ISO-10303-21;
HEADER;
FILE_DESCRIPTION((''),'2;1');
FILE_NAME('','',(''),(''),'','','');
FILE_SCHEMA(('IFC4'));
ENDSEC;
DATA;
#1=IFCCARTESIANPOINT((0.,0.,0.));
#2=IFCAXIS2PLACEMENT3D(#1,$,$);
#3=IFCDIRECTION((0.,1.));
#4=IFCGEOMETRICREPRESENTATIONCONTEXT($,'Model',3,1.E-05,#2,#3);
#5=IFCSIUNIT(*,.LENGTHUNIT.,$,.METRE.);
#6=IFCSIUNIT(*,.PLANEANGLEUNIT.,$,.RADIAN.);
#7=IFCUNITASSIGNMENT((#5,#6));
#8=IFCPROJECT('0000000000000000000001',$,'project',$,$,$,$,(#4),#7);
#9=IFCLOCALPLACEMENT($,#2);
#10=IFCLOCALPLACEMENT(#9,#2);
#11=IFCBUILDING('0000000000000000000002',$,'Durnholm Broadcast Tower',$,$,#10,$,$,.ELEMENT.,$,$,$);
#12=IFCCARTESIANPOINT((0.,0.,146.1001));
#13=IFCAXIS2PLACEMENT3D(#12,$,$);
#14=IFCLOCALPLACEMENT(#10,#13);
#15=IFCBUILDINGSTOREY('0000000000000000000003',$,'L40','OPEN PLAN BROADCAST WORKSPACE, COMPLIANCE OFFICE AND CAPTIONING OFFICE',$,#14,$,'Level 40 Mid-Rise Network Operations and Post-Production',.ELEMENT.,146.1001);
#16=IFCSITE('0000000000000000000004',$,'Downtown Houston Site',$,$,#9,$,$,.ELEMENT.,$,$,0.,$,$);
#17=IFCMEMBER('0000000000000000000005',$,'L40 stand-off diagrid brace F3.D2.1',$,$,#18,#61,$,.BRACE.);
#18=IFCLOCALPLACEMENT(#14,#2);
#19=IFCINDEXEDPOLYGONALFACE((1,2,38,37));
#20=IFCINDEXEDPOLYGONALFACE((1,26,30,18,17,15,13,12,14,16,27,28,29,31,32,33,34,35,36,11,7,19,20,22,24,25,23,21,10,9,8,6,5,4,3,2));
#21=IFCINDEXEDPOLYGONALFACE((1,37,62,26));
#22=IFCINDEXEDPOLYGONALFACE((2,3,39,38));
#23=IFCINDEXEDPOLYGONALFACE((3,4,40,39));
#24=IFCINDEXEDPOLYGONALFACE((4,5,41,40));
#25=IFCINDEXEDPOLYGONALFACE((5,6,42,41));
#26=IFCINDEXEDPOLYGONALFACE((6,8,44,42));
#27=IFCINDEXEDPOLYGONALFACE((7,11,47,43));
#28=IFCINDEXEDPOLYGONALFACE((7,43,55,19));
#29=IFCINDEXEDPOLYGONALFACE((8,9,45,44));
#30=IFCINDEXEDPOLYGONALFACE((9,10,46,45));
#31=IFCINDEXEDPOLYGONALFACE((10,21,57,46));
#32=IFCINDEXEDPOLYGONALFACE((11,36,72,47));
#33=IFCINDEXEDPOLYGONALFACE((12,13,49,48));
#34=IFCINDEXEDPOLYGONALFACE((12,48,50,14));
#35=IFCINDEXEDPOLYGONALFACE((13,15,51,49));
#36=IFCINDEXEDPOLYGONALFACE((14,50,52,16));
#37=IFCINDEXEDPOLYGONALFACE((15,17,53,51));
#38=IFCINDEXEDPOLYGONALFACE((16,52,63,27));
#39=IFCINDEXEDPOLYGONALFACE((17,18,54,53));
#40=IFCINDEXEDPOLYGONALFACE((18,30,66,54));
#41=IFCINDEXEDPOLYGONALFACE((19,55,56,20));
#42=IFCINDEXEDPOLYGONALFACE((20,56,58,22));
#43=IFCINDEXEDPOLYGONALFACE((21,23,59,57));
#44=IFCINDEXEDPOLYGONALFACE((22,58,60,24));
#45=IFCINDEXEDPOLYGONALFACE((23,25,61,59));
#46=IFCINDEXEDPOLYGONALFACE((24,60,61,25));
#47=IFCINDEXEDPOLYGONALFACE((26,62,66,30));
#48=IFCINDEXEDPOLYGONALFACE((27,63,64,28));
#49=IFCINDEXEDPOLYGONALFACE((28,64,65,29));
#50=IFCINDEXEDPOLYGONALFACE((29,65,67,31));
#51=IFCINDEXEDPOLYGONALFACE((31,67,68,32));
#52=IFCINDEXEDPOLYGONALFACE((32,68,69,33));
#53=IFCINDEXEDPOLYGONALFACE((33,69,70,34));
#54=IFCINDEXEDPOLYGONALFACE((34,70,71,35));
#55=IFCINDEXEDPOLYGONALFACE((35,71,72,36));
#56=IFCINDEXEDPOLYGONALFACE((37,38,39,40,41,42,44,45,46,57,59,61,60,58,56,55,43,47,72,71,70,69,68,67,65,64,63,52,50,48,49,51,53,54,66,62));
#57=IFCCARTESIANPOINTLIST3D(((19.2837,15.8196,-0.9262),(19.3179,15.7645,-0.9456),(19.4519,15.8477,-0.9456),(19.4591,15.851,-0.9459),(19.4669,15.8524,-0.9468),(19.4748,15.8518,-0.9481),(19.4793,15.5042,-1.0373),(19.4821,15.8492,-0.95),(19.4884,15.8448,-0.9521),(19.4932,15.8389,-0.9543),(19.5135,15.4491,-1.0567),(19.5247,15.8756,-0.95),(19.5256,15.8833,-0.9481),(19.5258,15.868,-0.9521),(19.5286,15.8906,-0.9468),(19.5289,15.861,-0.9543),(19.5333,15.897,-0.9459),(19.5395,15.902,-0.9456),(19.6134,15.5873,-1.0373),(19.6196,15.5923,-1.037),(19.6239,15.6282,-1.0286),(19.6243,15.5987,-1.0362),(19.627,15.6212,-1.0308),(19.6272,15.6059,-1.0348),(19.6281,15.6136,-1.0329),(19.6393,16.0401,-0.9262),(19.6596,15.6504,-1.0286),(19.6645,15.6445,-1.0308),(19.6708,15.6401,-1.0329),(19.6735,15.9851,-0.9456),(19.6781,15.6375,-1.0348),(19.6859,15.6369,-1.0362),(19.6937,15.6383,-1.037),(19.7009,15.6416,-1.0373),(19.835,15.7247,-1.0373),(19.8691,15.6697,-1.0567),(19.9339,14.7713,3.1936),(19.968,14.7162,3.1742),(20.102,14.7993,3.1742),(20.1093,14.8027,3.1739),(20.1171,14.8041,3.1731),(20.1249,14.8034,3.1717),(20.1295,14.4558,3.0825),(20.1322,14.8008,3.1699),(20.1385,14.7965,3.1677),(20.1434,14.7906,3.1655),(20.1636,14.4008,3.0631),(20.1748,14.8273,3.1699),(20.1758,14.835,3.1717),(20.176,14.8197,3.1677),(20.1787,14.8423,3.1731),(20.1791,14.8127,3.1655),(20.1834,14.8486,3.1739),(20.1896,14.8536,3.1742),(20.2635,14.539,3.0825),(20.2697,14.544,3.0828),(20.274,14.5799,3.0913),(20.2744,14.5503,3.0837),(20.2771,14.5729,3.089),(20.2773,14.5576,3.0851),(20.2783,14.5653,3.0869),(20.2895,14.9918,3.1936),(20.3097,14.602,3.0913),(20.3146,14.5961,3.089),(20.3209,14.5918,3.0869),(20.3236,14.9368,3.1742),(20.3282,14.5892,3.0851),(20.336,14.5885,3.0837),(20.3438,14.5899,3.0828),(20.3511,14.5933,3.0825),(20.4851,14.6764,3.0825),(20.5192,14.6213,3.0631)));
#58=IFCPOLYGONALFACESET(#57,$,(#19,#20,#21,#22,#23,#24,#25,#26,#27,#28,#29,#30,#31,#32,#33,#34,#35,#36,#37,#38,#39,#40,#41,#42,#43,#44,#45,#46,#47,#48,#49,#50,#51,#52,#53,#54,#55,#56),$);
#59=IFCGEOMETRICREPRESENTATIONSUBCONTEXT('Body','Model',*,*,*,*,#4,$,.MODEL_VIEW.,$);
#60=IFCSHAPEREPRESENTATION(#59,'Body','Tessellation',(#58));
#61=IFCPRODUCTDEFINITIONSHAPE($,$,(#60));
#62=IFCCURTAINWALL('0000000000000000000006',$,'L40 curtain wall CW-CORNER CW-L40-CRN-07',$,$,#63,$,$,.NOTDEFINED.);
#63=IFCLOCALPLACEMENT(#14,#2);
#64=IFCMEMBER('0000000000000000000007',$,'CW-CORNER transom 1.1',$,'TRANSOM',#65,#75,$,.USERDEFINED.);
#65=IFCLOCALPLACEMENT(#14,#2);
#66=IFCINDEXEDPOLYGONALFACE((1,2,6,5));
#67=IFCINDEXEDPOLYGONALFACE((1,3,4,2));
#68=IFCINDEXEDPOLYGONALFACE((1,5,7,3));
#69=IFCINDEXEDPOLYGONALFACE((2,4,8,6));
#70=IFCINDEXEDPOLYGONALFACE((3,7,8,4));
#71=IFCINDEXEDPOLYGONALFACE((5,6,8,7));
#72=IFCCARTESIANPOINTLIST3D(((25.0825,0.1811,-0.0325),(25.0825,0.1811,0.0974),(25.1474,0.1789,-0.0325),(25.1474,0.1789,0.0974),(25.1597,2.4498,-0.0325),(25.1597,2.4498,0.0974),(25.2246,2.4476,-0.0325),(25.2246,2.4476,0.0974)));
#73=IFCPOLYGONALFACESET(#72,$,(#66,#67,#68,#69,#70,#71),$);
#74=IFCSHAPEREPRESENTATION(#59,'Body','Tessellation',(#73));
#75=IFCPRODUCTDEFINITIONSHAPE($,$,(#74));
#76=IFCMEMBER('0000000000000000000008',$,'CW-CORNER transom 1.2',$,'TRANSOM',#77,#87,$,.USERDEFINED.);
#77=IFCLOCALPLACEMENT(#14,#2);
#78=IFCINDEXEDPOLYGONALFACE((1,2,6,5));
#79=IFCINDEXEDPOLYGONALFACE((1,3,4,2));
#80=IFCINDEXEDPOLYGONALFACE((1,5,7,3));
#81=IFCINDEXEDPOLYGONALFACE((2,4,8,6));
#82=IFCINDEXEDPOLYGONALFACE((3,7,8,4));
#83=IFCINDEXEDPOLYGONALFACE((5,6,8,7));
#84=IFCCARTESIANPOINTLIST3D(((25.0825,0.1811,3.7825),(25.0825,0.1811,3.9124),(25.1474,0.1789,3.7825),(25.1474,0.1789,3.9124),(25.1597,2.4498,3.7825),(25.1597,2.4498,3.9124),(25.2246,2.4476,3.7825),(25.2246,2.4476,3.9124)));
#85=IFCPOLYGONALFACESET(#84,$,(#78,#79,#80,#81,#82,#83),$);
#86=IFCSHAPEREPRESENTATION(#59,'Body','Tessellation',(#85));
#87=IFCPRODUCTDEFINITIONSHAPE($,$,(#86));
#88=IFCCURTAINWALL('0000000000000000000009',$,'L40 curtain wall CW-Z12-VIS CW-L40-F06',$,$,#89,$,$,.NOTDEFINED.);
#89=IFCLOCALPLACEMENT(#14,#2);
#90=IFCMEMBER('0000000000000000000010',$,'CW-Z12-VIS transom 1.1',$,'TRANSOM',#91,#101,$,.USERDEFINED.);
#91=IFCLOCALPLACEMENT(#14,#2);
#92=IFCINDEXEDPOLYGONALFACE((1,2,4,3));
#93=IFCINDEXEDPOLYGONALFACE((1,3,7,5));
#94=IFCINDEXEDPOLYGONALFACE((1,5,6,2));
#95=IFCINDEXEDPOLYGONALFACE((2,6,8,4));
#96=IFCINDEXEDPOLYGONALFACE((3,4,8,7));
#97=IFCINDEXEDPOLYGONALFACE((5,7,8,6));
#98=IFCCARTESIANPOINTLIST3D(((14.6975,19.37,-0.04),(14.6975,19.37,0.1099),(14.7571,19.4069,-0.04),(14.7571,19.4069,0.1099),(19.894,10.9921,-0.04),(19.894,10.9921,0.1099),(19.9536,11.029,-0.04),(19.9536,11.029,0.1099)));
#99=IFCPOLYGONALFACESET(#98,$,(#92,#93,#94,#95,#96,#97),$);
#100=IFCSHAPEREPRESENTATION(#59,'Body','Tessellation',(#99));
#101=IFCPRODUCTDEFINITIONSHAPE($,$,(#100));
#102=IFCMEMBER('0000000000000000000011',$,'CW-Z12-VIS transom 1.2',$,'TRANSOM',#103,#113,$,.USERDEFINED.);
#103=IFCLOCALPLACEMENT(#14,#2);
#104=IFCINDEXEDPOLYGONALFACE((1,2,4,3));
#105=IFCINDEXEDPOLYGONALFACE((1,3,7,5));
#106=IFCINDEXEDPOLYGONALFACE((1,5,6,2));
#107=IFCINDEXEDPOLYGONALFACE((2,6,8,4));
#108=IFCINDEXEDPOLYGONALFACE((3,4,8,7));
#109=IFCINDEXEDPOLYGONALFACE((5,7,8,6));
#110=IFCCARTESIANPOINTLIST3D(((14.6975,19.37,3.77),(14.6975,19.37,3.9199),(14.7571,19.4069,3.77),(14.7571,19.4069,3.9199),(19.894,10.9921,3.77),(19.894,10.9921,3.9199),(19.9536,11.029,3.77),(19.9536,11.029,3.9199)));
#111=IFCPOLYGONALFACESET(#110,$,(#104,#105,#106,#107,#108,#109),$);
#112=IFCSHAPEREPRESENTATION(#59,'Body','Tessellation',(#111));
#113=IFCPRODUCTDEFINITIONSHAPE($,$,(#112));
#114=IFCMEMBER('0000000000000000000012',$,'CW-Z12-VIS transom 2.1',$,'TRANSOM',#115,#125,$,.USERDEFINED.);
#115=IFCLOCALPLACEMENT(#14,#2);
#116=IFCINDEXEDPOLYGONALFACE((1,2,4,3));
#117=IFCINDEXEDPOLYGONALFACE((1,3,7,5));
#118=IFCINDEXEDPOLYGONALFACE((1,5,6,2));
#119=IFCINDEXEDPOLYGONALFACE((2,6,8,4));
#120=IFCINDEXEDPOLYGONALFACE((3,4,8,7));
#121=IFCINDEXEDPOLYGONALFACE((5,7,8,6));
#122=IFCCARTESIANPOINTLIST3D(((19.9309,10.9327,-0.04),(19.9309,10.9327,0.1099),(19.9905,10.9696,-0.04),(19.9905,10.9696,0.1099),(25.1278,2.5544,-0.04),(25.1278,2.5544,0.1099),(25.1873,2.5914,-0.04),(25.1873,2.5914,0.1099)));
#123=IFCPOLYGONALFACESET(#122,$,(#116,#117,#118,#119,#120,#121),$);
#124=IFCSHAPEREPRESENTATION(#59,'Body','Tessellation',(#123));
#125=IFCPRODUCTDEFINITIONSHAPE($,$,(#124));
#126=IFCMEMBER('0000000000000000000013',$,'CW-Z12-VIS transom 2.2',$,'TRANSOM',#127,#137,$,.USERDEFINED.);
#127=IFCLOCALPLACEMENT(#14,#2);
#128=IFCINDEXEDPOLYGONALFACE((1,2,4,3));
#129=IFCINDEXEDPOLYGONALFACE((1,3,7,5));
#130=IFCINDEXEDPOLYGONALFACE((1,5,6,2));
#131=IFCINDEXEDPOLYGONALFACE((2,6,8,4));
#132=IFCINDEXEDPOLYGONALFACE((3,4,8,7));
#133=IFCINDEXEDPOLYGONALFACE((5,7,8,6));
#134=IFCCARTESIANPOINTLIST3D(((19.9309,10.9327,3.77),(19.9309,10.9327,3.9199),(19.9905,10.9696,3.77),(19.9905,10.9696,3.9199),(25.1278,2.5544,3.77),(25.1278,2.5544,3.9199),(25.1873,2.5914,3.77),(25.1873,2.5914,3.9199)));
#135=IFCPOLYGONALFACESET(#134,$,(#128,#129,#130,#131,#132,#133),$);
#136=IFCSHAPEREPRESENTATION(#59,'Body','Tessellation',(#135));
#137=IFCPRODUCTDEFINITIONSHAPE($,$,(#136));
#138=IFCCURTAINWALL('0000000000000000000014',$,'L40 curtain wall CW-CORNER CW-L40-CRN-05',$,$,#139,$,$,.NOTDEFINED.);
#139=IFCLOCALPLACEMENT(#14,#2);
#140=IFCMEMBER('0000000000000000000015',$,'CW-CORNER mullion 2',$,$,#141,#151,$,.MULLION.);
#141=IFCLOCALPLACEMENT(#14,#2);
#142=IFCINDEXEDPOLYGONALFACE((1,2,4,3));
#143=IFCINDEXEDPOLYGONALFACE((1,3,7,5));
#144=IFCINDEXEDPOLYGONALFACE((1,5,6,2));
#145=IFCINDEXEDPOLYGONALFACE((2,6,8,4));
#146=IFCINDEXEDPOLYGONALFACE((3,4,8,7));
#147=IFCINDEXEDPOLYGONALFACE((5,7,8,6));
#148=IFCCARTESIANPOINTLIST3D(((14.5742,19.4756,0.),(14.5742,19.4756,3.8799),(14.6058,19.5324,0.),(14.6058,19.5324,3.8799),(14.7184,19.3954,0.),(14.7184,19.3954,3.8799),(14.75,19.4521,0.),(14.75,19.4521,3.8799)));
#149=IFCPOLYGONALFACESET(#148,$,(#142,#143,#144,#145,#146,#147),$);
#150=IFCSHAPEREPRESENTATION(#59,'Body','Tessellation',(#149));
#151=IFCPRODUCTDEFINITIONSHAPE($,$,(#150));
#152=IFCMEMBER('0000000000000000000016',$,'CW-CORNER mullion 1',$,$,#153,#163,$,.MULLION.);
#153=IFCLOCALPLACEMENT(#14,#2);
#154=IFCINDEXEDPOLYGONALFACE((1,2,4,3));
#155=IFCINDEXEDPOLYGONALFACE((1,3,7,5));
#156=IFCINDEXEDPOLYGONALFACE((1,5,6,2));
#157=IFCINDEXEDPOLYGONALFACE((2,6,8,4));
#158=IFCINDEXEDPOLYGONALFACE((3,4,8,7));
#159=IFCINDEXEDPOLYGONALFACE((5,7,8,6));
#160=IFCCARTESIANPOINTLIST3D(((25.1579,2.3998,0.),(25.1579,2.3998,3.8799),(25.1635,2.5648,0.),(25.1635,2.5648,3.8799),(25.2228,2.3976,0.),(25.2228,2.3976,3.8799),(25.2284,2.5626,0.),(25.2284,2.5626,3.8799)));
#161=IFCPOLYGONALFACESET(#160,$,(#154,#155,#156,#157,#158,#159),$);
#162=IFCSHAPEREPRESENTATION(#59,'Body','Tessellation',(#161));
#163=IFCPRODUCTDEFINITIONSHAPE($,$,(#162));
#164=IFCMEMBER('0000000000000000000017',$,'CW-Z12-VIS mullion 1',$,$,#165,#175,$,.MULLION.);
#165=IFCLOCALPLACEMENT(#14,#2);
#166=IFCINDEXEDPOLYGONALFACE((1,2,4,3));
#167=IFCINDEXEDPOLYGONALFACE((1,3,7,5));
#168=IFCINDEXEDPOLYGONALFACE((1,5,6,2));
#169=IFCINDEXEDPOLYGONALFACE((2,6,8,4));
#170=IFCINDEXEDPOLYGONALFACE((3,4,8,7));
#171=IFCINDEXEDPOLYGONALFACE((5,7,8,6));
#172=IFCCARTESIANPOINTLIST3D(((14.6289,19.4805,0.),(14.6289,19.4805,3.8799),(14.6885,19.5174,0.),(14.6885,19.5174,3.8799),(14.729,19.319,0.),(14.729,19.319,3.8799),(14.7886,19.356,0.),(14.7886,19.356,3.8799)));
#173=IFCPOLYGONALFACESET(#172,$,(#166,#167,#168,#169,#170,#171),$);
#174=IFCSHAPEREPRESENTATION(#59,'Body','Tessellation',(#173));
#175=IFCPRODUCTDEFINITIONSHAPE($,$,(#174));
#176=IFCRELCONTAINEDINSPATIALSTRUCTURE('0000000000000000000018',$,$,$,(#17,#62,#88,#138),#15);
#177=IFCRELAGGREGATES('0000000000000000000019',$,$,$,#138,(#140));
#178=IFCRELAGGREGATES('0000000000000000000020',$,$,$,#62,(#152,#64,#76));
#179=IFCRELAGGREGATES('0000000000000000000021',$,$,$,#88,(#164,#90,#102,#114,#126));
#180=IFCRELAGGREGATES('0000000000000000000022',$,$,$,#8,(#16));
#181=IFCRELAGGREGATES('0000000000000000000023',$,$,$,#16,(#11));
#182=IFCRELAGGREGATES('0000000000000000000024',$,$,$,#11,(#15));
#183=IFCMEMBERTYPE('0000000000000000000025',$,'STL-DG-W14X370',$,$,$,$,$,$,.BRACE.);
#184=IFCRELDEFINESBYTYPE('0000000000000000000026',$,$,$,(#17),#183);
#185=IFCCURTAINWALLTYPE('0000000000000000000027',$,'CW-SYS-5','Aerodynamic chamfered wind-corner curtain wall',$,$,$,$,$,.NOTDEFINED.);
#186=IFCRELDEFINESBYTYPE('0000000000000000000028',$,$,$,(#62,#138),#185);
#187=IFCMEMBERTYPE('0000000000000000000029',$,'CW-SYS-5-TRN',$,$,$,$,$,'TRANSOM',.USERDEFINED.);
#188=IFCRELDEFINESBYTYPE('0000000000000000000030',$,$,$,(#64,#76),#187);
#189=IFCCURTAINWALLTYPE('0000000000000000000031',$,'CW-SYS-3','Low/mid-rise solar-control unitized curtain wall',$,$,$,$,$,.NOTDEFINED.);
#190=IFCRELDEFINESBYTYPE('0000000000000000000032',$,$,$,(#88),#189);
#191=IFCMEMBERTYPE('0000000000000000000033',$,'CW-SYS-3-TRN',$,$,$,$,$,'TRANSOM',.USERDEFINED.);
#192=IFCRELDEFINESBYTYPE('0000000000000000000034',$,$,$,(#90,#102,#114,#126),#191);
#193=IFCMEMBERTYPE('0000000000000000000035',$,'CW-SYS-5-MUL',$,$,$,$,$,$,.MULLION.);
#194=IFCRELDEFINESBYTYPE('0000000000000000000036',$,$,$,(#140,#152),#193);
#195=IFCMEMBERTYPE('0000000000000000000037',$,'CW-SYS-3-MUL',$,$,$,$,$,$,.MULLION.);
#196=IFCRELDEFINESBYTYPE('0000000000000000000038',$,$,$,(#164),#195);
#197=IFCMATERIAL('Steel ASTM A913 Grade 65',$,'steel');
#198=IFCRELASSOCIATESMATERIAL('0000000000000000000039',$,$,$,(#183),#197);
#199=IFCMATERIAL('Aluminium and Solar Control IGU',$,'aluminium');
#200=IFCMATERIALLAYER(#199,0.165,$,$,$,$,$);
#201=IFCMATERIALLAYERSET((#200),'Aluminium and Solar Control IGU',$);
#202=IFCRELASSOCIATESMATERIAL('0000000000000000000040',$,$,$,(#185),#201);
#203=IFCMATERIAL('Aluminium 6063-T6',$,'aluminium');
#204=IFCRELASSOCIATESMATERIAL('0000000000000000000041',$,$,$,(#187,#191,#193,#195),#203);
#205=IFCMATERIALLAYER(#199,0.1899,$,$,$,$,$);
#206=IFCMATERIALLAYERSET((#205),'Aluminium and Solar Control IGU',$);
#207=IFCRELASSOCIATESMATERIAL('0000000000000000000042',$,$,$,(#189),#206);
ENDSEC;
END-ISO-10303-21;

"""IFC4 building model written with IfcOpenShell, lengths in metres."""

from ifc_helpers import new_model, si_unit, direction, frame, origin, origin_2d, place, context, subcontext, project, spatial, rectangle, i_section, extrude, source, transform, mapped, material, layer, layer_set, material_profile, profile_set, type_object, type_shapes, element, aggregate, save


model = new_model("IFC4")

# Units and contexts
model_context = context("Model", 3, precision=1e-05, world=origin(), true_north=direction((0.0, 1.0)))
body_context = subcontext(model_context, "Body", "Model", "MODEL_VIEW")
ifc_project = project(units=[si_unit("LENGTHUNIT", "METRE"), si_unit("PLANEANGLEUNIT", "RADIAN")], contexts=[model_context])

# Site, building, storey
site_placement = place(None, origin())
site = spatial("IfcSite", under=ifc_project, at=site_placement, Name="Downtown Houston Site", CompositionType="ELEMENT", RefElevation=0.0)
building_placement = place(site_placement, origin())
building = spatial("IfcBuilding", under=site, at=building_placement, Name="Durnholm Broadcast Tower", CompositionType="ELEMENT")
storey_placement = place(building_placement, frame((0.0, 0.0, 146.1001)))
storey = spatial("IfcBuildingStorey", under=building, at=storey_placement, Name="L40", Description="OPEN PLAN BROADCAST WORKSPACE, COMPLIANCE OFFICE AND CAPTIONING OFFICE", LongName="Level 40 Mid-Rise Network Operations and Post-Production", CompositionType="ELEMENT", Elevation=146.1001)

# Member
ifc_material_1 = material(Name="Steel ASTM A913 Grade 65", Category="steel")
ifc_material_profile_1 = material_profile(ifc_material_1, i_section(OverallWidth=0.4185, OverallDepth=0.4551, WebThickness=0.042, FlangeThickness=0.0676, FilletRadius=0.0305, at=origin_2d()), Name="W14X370")
ifc_profile_set_1 = profile_set([ifc_material_profile_1], Name="Steel ASTM A913 Grade 65")
member_type_1 = type_object("IfcMemberType", Name="STL-DG-W14X370", PredefinedType="BRACE", material=ifc_profile_set_1)
shared_shape_1 = source(origin(), body_context, "Body", "SweptSolid", [
    extrude(i_section(OverallWidth=0.4185, OverallDepth=0.4551, WebThickness=0.042, FlangeThickness=0.0676, FilletRadius=0.0305, at=origin_2d()), origin(), (0.0, 0.0, 1.0), 4.3005),
])
for number, where, z_axis, x_axis, name in (
    (1, (19.5764, 15.7446, -0.9915), (0.151176, -0.243767, 0.957979), (0.849839, 0.527043, 0.0), "L40 stand-off diagrid brace F3.D2.1"),
):
    element("IfcMember", number, at=place(storey_placement, frame(where, z_axis=z_axis, x_axis=x_axis)), inside=storey, type_object=member_type_1, Name=name, PredefinedType="BRACE", context=body_context, shape_type="MappedRepresentation", body=[
        mapped(shared_shape_1, transform((0.0, 0.0, 0.0), x_axis=(1.0, 0.0, 0.0), y_axis=(0.0, 1.0, 0.0), z_axis=(0.0, 0.0, 1.0), scale=1.0)),
    ])

# Curtain walls, members
ifc_material_2 = material(Name="Aluminium and Solar Control IGU", Category="aluminium")
ifc_layer_1 = layer(ifc_material_2, 0.165)
ifc_layer_set_1 = layer_set([ifc_layer_1], Name="Aluminium and Solar Control IGU")
curtain_wall_type_1 = type_object("IfcCurtainWallType", Name="CW-SYS-5", Description="Aerodynamic chamfered wind-corner curtain wall", PredefinedType="NOTDEFINED", material=ifc_layer_set_1)
curtain_wall_1_placement = place(storey_placement, origin())
curtain_wall_1 = element("IfcCurtainWall", 2, at=curtain_wall_1_placement, inside=storey, type_object=curtain_wall_type_1, Name="L40 curtain wall CW-CORNER CW-L40-CRN-07", PredefinedType="NOTDEFINED")
ifc_material_3 = material(Name="Aluminium 6063-T6", Category="aluminium")
ifc_material_profile_2 = material_profile(ifc_material_3, rectangle(XDim=0.0649, YDim=0.1299, at=origin_2d()), Name="CWT65X130")
ifc_profile_set_2 = profile_set([ifc_material_profile_2], Name="Aluminium 6063-T6")
member_type_2 = type_object("IfcMemberType", Name="CW-SYS-5-TRN", ElementType="TRANSOM", PredefinedType="USERDEFINED", material=ifc_profile_set_2)
shared_shape_2 = source(origin(), body_context, "Body", "SweptSolid", [
    extrude(rectangle(XDim=0.0649, YDim=0.1299, at=origin_2d()), origin(), (0.0, 0.0, 1.0), 2.27),
])
type_shapes(member_type_2, [shared_shape_2])
member_1_placement = place(storey_placement, frame((25.1921, 2.4487, 0.0325), z_axis=(-0.033984, -0.999422, 0.0), x_axis=(0.999422, -0.033984, 0.0)))
member_1 = element("IfcMember", 3, at=member_1_placement, type_object=member_type_2, Name="CW-CORNER transom 1.1", ObjectType="TRANSOM", PredefinedType="USERDEFINED", context=body_context, shape_type="MappedRepresentation", body=[
    mapped(shared_shape_2, transform((0.0, 0.0, 0.0), x_axis=(1.0, 0.0, 0.0), y_axis=(0.0, 1.0, 0.0), z_axis=(0.0, 0.0, 1.0), scale=1.0)),
])
member_2_placement = place(storey_placement, frame((25.1921, 2.4487, 3.8474), z_axis=(-0.033984, -0.999422, 0.0), x_axis=(0.999422, -0.033984, 0.0)))
member_2 = element("IfcMember", 4, at=member_2_placement, type_object=member_type_2, Name="CW-CORNER transom 1.2", ObjectType="TRANSOM", PredefinedType="USERDEFINED", context=body_context, shape_type="MappedRepresentation", body=[
    mapped(shared_shape_2, transform((0.0, 0.0, 0.0), x_axis=(1.0, 0.0, 0.0), y_axis=(0.0, 1.0, 0.0), z_axis=(0.0, 0.0, 1.0), scale=1.0)),
])
ifc_layer_2 = layer(ifc_material_2, 0.1899)
ifc_layer_set_2 = layer_set([ifc_layer_2], Name="Aluminium and Solar Control IGU")
curtain_wall_type_2 = type_object("IfcCurtainWallType", Name="CW-SYS-3", Description="Low/mid-rise solar-control unitized curtain wall", PredefinedType="NOTDEFINED", material=ifc_layer_set_2)
curtain_wall_2_placement = place(storey_placement, origin())
curtain_wall_2 = element("IfcCurtainWall", 5, at=curtain_wall_2_placement, inside=storey, type_object=curtain_wall_type_2, Name="L40 curtain wall CW-Z12-VIS CW-L40-F06", PredefinedType="NOTDEFINED")
ifc_material_profile_3 = material_profile(ifc_material_3, rectangle(XDim=0.0701, YDim=0.1499, at=origin_2d()), Name="CWT70X150")
ifc_profile_set_3 = profile_set([ifc_material_profile_3], Name="Aluminium 6063-T6")
member_type_3 = type_object("IfcMemberType", Name="CW-SYS-3-TRN", ElementType="TRANSOM", PredefinedType="USERDEFINED", material=ifc_profile_set_3)
shared_shape_3 = source(origin(), body_context, "Body", "SweptSolid", [
    extrude(rectangle(XDim=0.0701, YDim=0.1499, at=origin_2d()), origin(), (0.0, 0.0, 1.0), 9.8586),
])
member_3_placement = place(storey_placement, frame((14.7273, 19.3884, 0.0349), z_axis=(0.527102, -0.849802, 0.0), x_axis=(0.849802, 0.527102, 0.0)))
member_3 = element("IfcMember", 6, at=member_3_placement, type_object=member_type_3, Name="CW-Z12-VIS transom 1.1", ObjectType="TRANSOM", PredefinedType="USERDEFINED", context=body_context, shape_type="MappedRepresentation", body=[
    mapped(shared_shape_3, transform((0.0, 0.0, 0.0), x_axis=(1.0, 0.0, 0.0), y_axis=(0.0, 1.0, 0.0), z_axis=(0.0, 0.0, 1.0), scale=1.0)),
])
member_4_placement = place(storey_placement, frame((14.7273, 19.3884, 3.845), z_axis=(0.527102, -0.849802, 0.0), x_axis=(0.849802, 0.527102, 0.0)))
member_4 = element("IfcMember", 7, at=member_4_placement, type_object=member_type_3, Name="CW-Z12-VIS transom 1.2", ObjectType="TRANSOM", PredefinedType="USERDEFINED", context=body_context, shape_type="MappedRepresentation", body=[
    mapped(shared_shape_3, transform((0.0, 0.0, 0.0), x_axis=(1.0, 0.0, 0.0), y_axis=(0.0, 1.0, 0.0), z_axis=(0.0, 0.0, 1.0), scale=1.0)),
])
shared_shape_4 = source(origin(), body_context, "Body", "SweptSolid", [
    extrude(rectangle(XDim=0.0701, YDim=0.1499, at=origin_2d()), origin(), (0.0, 0.0, 1.0), 9.8591),
])
type_shapes(member_type_3, [shared_shape_3, shared_shape_4])
member_5_placement = place(storey_placement, frame((19.9607, 10.9512, 0.0349), z_axis=(0.527109, -0.849798, 0.0), x_axis=(0.849798, 0.527109, 0.0)))
member_5 = element("IfcMember", 8, at=member_5_placement, type_object=member_type_3, Name="CW-Z12-VIS transom 2.1", ObjectType="TRANSOM", PredefinedType="USERDEFINED", context=body_context, shape_type="MappedRepresentation", body=[
    mapped(shared_shape_4, transform((0.0, 0.0, 0.0), x_axis=(1.0, 0.0, 0.0), y_axis=(0.0, 1.0, 0.0), z_axis=(0.0, 0.0, 1.0), scale=1.0)),
])
member_6_placement = place(storey_placement, frame((19.9607, 10.9512, 3.845), z_axis=(0.527109, -0.849798, 0.0), x_axis=(0.849798, 0.527109, 0.0)))
member_6 = element("IfcMember", 9, at=member_6_placement, type_object=member_type_3, Name="CW-Z12-VIS transom 2.2", ObjectType="TRANSOM", PredefinedType="USERDEFINED", context=body_context, shape_type="MappedRepresentation", body=[
    mapped(shared_shape_4, transform((0.0, 0.0, 0.0), x_axis=(1.0, 0.0, 0.0), y_axis=(0.0, 1.0, 0.0), z_axis=(0.0, 0.0, 1.0), scale=1.0)),
])

# Curtain wall, member
curtain_wall_3_placement = place(storey_placement, origin())
curtain_wall_3 = element("IfcCurtainWall", 10, at=curtain_wall_3_placement, inside=storey, type_object=curtain_wall_type_1, Name="L40 curtain wall CW-CORNER CW-L40-CRN-05", PredefinedType="NOTDEFINED")
ifc_material_profile_4 = material_profile(ifc_material_3, rectangle(XDim=0.0649, YDim=0.165, at=origin_2d()), Name="CWM65X165")
ifc_profile_set_4 = profile_set([ifc_material_profile_4], Name="Aluminium 6063-T6")
member_type_4 = type_object("IfcMemberType", Name="CW-SYS-5-MUL", PredefinedType="MULLION", material=ifc_profile_set_4)
shared_shape_5 = source(origin(), body_context, "Body", "SweptSolid", [
    extrude(rectangle(XDim=0.0649, YDim=0.165, at=origin_2d()), origin(), (0.0, 0.0, 1.0), 3.8799),
])
type_shapes(member_type_4, [shared_shape_5])
member_7_placement = place(storey_placement, frame((14.6621, 19.4639, 0.0), z_axis=(0.0, 0.0, 1.0), x_axis=(0.486244, 0.873823, 0.0)))
member_7 = element("IfcMember", 11, at=member_7_placement, type_object=member_type_4, Name="CW-CORNER mullion 2", PredefinedType="MULLION", context=body_context, shape_type="MappedRepresentation", body=[
    mapped(shared_shape_5, transform((0.0, 0.0, 0.0), x_axis=(1.0, 0.0, 0.0), y_axis=(0.0, 1.0, 0.0), z_axis=(0.0, 0.0, 1.0), scale=1.0)),
])

# Members
member_8_placement = place(storey_placement, frame((25.1931, 2.4812, 0.0), z_axis=(0.0, 0.0, 1.0), x_axis=(0.999425, -0.033917, 0.0)))
member_8 = element("IfcMember", 12, at=member_8_placement, type_object=member_type_4, Name="CW-CORNER mullion 1", PredefinedType="MULLION", context=body_context, shape_type="MappedRepresentation", body=[
    mapped(shared_shape_5, transform((0.0, 0.0, 0.0), x_axis=(1.0, 0.0, 0.0), y_axis=(0.0, 1.0, 0.0), z_axis=(0.0, 0.0, 1.0), scale=1.0)),
])
ifc_material_profile_5 = material_profile(ifc_material_3, rectangle(XDim=0.0701, YDim=0.1899, at=origin_2d()), Name="CWM70X190")
ifc_profile_set_5 = profile_set([ifc_material_profile_5], Name="Aluminium 6063-T6")
member_type_5 = type_object("IfcMemberType", Name="CW-SYS-3-MUL", PredefinedType="MULLION", material=ifc_profile_set_5)
shared_shape_6 = source(origin(), body_context, "Body", "SweptSolid", [
    extrude(rectangle(XDim=0.0701, YDim=0.1899, at=origin_2d()), origin(), (0.0, 0.0, 1.0), 3.8799),
])
type_shapes(member_type_5, [shared_shape_6])
member_9_placement = place(storey_placement, frame((14.7087, 19.4182, 0.0), z_axis=(0.0, 0.0, 1.0), x_axis=(0.8498, 0.527105, 0.0)))
member_9 = element("IfcMember", 13, at=member_9_placement, type_object=member_type_5, Name="CW-Z12-VIS mullion 1", PredefinedType="MULLION", context=body_context, shape_type="MappedRepresentation", body=[
    mapped(shared_shape_6, transform((0.0, 0.0, 0.0), x_axis=(1.0, 0.0, 0.0), y_axis=(0.0, 1.0, 0.0), z_axis=(0.0, 0.0, 1.0), scale=1.0)),
])

aggregate(curtain_wall_3, [member_7])
aggregate(curtain_wall_1, [member_8, member_1, member_2])
aggregate(curtain_wall_2, [member_9, member_3, member_4, member_5, member_6])

save(model, "model.ifc")
